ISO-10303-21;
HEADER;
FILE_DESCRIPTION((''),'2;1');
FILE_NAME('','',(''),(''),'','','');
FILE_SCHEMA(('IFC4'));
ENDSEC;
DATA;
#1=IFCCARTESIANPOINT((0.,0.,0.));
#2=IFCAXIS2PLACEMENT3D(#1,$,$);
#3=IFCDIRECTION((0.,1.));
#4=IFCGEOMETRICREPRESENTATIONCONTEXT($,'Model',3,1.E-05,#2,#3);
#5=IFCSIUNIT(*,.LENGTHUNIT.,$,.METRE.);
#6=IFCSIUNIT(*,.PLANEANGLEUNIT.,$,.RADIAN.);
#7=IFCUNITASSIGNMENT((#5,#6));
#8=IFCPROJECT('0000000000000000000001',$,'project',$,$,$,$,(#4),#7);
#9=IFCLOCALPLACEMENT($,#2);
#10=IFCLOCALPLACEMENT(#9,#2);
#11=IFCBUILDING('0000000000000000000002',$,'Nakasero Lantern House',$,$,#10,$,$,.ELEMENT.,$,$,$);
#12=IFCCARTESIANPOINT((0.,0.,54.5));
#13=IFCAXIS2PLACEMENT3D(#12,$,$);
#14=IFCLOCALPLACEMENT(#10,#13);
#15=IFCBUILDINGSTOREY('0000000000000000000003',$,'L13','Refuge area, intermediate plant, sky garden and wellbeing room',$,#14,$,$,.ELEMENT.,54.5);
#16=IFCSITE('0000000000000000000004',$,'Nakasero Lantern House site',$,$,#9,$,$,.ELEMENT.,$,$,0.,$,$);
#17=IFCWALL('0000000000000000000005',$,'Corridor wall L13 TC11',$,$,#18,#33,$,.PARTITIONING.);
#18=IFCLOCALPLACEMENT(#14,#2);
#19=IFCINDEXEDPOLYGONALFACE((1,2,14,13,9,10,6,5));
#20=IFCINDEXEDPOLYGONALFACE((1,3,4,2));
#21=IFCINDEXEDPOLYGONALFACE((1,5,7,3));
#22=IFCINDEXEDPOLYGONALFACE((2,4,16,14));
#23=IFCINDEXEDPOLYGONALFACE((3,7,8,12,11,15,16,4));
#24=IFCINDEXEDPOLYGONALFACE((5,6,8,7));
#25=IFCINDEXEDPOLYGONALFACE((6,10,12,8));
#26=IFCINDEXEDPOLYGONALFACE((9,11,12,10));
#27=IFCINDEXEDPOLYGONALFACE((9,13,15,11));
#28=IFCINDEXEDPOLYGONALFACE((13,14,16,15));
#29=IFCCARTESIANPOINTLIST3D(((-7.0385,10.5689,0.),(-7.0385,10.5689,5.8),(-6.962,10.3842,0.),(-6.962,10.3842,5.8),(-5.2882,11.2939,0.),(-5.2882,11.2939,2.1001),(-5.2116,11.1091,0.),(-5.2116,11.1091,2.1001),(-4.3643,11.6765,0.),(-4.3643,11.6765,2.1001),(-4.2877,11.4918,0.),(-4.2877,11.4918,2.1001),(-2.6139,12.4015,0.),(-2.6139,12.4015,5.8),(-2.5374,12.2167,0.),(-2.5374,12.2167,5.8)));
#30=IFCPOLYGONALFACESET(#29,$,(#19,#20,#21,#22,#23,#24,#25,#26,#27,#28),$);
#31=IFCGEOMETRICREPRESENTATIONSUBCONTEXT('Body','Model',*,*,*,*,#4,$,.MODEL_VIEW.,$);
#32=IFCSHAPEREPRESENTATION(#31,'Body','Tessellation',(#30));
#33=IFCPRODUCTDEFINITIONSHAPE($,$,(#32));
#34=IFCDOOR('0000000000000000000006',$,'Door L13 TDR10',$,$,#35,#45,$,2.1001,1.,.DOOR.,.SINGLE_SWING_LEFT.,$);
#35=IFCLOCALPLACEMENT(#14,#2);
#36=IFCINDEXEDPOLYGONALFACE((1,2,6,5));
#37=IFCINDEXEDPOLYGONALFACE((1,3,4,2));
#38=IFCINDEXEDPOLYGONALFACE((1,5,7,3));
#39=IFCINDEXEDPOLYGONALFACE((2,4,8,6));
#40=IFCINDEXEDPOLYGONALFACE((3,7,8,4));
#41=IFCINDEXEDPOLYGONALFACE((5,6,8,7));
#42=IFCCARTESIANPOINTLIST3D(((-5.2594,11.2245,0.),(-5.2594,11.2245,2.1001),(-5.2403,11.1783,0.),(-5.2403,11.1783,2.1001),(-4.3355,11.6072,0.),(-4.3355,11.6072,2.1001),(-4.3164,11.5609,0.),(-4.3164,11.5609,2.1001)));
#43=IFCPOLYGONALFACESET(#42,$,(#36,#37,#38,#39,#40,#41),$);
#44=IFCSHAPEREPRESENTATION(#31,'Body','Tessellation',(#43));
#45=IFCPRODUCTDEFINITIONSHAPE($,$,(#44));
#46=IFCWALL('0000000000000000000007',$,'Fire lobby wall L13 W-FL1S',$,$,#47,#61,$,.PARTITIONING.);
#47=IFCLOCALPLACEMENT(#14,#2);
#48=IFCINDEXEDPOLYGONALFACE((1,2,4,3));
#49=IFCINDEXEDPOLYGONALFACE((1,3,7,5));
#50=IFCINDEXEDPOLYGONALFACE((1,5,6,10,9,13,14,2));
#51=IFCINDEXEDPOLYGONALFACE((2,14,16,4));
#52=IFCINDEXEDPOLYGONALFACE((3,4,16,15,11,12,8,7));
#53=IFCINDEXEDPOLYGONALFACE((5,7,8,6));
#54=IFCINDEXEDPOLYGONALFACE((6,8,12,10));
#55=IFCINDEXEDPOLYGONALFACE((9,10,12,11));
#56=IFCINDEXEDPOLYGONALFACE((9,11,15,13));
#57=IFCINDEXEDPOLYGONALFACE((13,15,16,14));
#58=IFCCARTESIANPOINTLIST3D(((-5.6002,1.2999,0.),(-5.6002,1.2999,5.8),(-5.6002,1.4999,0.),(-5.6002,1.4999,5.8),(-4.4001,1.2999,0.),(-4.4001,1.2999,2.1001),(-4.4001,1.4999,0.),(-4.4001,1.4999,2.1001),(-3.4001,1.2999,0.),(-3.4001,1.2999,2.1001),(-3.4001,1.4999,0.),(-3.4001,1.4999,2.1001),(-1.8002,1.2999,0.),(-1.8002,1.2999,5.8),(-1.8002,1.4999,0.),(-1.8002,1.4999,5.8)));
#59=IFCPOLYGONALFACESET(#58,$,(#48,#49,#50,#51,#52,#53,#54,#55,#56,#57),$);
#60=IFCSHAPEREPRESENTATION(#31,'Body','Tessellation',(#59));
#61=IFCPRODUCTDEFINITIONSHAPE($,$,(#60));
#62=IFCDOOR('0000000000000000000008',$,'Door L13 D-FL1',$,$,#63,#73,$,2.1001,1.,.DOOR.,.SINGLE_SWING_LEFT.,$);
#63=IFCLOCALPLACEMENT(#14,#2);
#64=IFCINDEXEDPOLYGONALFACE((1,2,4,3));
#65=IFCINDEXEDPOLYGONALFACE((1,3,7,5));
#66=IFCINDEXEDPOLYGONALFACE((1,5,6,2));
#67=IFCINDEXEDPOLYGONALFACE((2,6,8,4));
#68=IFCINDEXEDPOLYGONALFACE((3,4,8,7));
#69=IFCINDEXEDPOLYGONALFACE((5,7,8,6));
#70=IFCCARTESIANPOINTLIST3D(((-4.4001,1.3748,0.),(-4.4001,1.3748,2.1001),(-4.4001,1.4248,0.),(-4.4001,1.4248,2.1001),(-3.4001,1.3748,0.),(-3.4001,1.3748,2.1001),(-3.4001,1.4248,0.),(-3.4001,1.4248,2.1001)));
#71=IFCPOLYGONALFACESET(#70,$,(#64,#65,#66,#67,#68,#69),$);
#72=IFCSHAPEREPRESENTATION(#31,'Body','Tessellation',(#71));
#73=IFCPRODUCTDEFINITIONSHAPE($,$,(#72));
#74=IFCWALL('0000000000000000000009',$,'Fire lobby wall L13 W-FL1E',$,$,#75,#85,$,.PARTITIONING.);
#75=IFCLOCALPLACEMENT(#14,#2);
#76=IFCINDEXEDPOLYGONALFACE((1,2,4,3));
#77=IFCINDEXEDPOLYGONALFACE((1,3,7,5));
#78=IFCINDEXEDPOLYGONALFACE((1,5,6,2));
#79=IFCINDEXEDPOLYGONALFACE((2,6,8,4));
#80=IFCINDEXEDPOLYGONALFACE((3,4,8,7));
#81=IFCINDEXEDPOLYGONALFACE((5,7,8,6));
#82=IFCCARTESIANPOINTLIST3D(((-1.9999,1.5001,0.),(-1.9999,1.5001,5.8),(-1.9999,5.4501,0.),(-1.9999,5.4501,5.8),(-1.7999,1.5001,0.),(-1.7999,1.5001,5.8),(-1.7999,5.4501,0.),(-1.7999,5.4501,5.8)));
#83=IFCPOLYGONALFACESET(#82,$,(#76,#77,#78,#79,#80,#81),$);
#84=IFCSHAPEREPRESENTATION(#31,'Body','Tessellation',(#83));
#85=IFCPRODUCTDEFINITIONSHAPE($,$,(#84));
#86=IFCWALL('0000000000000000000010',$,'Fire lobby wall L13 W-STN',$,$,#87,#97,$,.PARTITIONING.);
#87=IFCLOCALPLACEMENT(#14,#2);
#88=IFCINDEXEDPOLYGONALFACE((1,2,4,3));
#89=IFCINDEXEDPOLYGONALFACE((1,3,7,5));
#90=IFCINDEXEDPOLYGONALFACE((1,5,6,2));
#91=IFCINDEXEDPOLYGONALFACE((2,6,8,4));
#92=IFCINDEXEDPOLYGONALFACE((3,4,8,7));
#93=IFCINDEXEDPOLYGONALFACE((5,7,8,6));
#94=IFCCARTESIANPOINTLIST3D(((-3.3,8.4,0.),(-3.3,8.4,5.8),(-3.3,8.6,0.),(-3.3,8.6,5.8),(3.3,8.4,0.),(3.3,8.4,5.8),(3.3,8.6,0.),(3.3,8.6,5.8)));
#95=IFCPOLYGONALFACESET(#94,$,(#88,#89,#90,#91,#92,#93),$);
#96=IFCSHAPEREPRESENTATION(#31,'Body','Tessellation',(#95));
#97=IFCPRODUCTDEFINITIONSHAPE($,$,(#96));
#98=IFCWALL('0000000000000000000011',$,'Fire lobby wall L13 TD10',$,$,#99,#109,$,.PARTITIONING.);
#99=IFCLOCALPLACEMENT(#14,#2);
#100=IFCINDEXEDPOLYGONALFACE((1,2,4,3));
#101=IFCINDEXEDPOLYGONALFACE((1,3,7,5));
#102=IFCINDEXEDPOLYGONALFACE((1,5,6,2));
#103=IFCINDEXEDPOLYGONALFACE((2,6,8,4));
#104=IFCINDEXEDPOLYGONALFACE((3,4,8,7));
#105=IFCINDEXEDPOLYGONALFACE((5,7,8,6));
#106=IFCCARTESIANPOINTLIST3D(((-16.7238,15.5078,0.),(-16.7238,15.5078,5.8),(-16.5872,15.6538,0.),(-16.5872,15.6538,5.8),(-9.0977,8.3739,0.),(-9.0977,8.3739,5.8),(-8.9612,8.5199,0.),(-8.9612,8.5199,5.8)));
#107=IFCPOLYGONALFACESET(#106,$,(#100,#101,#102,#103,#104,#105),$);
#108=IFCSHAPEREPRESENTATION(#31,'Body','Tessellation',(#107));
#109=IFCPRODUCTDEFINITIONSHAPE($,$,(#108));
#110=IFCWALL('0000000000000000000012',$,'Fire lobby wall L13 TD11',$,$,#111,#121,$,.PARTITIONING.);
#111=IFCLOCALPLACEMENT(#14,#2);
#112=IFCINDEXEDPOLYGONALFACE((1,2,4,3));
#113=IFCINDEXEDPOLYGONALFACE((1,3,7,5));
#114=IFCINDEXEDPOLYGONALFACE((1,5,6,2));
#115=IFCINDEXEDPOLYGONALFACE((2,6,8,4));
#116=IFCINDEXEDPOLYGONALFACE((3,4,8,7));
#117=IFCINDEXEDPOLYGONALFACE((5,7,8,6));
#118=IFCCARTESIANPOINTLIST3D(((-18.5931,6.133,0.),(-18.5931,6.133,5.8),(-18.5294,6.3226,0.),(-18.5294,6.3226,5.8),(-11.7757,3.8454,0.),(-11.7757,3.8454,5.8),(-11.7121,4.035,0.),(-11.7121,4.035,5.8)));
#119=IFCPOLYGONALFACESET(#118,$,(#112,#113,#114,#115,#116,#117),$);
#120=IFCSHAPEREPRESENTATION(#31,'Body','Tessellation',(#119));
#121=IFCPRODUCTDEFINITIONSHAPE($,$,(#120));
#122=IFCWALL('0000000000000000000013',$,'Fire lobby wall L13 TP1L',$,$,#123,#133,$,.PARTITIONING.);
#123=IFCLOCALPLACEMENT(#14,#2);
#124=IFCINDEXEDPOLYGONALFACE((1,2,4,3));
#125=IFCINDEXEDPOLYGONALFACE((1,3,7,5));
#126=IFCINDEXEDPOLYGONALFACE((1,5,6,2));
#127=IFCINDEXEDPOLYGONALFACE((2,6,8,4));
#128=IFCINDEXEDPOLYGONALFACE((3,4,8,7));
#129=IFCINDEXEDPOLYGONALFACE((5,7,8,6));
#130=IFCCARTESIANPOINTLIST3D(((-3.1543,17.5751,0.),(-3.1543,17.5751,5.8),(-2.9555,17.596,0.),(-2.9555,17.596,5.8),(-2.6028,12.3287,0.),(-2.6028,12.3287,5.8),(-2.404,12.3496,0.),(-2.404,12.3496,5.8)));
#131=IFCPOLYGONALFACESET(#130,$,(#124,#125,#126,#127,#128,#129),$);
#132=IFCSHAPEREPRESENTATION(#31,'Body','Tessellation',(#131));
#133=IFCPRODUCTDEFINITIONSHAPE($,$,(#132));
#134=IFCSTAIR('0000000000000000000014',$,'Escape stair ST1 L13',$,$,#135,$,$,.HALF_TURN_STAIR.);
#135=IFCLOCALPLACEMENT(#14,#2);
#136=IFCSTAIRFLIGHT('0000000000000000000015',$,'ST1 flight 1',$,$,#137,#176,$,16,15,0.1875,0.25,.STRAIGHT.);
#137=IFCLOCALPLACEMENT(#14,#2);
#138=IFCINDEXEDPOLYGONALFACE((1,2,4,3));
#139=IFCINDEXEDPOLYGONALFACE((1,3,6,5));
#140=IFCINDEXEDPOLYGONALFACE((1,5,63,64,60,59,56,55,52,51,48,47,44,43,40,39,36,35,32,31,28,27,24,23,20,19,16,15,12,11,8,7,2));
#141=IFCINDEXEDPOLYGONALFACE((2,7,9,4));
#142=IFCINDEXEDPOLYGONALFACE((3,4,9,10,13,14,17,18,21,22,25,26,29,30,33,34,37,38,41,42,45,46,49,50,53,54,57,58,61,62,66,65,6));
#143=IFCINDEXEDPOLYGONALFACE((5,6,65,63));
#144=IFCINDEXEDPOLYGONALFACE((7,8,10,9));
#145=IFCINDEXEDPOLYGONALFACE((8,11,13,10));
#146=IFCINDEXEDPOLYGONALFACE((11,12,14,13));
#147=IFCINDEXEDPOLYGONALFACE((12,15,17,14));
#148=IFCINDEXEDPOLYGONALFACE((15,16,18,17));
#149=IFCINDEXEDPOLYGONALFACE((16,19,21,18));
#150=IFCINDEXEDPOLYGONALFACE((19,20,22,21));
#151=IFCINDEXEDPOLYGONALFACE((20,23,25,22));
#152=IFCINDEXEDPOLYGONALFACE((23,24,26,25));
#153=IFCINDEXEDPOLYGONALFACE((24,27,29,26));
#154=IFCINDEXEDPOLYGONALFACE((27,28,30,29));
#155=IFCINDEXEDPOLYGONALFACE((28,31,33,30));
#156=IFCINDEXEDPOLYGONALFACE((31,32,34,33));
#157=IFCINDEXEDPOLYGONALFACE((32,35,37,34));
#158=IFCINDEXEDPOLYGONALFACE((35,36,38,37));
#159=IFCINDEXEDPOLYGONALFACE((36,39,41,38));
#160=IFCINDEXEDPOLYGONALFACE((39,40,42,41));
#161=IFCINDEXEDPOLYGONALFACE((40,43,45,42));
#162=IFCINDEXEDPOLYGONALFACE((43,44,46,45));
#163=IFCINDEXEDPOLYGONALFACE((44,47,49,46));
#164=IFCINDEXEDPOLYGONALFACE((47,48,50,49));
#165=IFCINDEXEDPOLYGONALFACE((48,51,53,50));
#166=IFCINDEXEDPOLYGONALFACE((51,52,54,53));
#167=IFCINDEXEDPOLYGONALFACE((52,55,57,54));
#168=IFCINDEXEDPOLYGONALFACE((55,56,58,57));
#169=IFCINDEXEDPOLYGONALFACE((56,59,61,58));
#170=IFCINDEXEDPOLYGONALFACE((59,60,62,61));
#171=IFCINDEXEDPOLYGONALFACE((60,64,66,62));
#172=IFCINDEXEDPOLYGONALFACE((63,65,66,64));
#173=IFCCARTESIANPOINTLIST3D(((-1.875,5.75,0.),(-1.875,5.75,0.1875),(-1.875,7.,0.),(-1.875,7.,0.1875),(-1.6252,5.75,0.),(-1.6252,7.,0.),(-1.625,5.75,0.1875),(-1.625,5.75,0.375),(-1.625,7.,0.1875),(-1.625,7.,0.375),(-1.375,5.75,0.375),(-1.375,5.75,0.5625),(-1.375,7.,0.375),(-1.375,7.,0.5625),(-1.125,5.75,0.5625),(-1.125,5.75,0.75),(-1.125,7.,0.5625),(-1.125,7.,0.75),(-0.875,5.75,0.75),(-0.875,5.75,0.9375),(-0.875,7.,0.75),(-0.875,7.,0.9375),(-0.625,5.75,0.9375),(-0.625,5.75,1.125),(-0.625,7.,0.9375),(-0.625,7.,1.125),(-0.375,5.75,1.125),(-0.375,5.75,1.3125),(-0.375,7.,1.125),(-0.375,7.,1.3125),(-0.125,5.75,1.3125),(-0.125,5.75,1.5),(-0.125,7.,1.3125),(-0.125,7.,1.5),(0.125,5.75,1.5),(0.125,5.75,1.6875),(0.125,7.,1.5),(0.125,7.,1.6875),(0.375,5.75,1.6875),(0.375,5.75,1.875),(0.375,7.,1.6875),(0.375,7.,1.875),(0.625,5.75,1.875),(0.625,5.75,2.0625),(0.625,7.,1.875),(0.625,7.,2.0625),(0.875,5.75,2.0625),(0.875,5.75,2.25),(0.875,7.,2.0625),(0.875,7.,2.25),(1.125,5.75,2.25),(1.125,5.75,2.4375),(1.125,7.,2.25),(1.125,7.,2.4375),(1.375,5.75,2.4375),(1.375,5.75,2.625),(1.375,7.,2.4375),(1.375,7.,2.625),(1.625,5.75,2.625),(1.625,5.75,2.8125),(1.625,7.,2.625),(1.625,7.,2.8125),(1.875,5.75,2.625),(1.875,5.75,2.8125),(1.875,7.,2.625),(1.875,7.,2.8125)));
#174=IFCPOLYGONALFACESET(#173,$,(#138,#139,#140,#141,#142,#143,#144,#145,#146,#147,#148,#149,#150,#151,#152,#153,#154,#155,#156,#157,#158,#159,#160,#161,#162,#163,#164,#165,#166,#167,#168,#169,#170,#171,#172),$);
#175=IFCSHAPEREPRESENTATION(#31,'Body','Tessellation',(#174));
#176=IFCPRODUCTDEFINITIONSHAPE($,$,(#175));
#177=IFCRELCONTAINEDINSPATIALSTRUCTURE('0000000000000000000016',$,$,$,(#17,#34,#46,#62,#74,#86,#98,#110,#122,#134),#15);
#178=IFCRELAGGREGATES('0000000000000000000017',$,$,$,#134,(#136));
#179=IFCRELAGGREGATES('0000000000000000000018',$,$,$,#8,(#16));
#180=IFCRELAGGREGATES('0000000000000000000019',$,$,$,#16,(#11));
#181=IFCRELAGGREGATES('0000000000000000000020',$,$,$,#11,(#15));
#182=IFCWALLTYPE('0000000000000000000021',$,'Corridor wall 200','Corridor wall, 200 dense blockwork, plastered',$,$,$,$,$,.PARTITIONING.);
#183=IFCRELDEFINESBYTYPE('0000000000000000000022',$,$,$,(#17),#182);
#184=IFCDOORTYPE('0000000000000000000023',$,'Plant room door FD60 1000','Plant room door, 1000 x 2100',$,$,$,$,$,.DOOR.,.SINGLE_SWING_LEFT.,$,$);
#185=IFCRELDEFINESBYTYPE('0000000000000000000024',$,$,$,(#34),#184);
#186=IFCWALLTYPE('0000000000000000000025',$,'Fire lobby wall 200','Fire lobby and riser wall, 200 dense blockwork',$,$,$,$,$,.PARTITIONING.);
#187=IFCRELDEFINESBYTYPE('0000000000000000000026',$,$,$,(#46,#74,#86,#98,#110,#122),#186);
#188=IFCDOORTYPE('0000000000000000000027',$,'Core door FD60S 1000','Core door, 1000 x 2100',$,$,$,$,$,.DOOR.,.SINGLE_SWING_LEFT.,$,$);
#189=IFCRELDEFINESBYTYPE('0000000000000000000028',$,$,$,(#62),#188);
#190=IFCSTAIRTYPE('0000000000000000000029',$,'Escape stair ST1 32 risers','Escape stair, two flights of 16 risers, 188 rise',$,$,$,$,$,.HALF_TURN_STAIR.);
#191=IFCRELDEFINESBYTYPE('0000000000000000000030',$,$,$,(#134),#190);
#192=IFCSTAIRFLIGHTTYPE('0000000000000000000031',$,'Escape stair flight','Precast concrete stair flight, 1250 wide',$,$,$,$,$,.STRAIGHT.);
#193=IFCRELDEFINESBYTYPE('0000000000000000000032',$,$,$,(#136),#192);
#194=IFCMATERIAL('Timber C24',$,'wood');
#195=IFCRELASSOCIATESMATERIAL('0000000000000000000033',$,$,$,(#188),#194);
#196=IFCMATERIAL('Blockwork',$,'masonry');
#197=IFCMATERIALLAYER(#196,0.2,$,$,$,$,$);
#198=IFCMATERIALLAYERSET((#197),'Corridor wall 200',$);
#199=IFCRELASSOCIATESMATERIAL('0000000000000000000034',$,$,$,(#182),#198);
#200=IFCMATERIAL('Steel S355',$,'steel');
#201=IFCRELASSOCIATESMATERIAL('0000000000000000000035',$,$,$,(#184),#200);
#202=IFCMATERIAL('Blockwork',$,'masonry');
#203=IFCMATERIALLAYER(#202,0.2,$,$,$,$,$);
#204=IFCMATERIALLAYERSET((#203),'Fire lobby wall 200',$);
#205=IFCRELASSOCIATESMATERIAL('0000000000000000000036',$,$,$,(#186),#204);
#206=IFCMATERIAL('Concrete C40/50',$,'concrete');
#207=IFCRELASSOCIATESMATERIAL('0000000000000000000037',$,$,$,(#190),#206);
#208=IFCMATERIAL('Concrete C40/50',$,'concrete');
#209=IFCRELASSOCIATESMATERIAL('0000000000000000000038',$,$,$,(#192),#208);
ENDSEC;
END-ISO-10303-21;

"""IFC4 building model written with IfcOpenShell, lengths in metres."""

from ifc_helpers import new_model, si_unit, direction, frame, frame_2d, origin, place, context, subcontext, project, spatial, polyline, rectangle, outline, extrude, material, layer, layer_set, type_object, element, fill, aggregate, save


model = new_model("IFC4")

# Units and contexts
model_context = context("Model", 3, precision=1e-05, world=origin(), true_north=direction((0.0, 1.0)))
body_context = subcontext(model_context, "Body", "Model", "MODEL_VIEW")
ifc_project = project(units=[si_unit("LENGTHUNIT", "METRE"), si_unit("PLANEANGLEUNIT", "RADIAN")], contexts=[model_context])

# Site, building, storey
site_placement = place(None, origin())
site = spatial("IfcSite", under=ifc_project, at=site_placement, Name="Nakasero Lantern House site", CompositionType="ELEMENT", RefElevation=0.0)
building_placement = place(site_placement, origin())
building = spatial("IfcBuilding", under=site, at=building_placement, Name="Nakasero Lantern House", CompositionType="ELEMENT")
storey_placement = place(building_placement, frame((0.0, 0.0, 54.5)))
storey = spatial("IfcBuildingStorey", under=building, at=storey_placement, Name="L13", Description="Refuge area, intermediate plant, sky garden and wellbeing room", CompositionType="ELEMENT", Elevation=54.5)

# Shared definitions
ifc_material_1 = material(Name="Timber C24", Category="wood")
door_type_1 = type_object("IfcDoorType", Name="Core door FD60S 1000", Description="Core door, 1000 x 2100", OperationType="SINGLE_SWING_LEFT", PredefinedType="DOOR", material=ifc_material_1)

# Shared definitions
ifc_material_2 = material(Name="Blockwork", Category="masonry")
ifc_layer_1 = layer(ifc_material_2, 0.2)
ifc_layer_set_1 = layer_set([ifc_layer_1], Name="Corridor wall 200")
wall_type_1 = type_object("IfcWallType", Name="Corridor wall 200", Description="Corridor wall, 200 dense blockwork, plastered", PredefinedType="PARTITIONING", material=ifc_layer_set_1)
ifc_material_3 = material(Name="Steel S355", Category="steel")
door_type_2 = type_object("IfcDoorType", Name="Plant room door FD60 1000", Description="Plant room door, 1000 x 2100", OperationType="SINGLE_SWING_LEFT", PredefinedType="DOOR", material=ifc_material_3)

# Walls, openings, doors
wall_1_placement = place(storey_placement, frame((-7.0002, 10.4766, 0.0), z_axis=(0.0, 0.0, 1.0), x_axis=(0.923894, 0.382649, 0.0)))
wall_1 = element("IfcWall", 1, at=wall_1_placement, inside=storey, type_object=wall_type_1, Name="Corridor wall L13 TC11", PredefinedType="PARTITIONING", context=body_context, shape_type="SweptSolid", body=[
    extrude(rectangle(XDim=4.7891, YDim=0.2, at=frame_2d((2.3945, 0.0))), origin(), (0.0, 0.0, 1.0), 5.8),
])
opening_1_placement = place(wall_1_placement, frame((1.8945, 0.0, 0.0)))
opening_1 = element("IfcOpeningElement", 2, at=opening_1_placement, cuts=wall_1, PredefinedType="OPENING", context=body_context, shape_type="SweptSolid", body=[
    extrude(rectangle(XDim=1.0, YDim=2.1001, at=frame_2d((0.5, 1.05))), frame((0.0, 0.1199, 0.0), z_axis=(0.0, -1.0, 0.0), x_axis=(1.0, 0.0, 0.0)), (0.0, 0.0, 1.0), 0.24),
])
door_1_placement = place(opening_1_placement, origin())
door_1 = element("IfcDoor", 3, at=door_1_placement, inside=storey, type_object=door_type_2, Name="Door L13 TDR10", OperationType="SINGLE_SWING_LEFT", OverallHeight=2.1001, OverallWidth=1.0, PredefinedType="DOOR", context=body_context, shape_type="SweptSolid", body=[
    extrude(rectangle(XDim=1.0, YDim=2.1001, at=frame_2d((0.5, 1.05))), frame((0.0, 0.0249, 0.0), z_axis=(0.0, -1.0, 0.0), x_axis=(1.0, 0.0, 0.0)), (0.0, 0.0, 1.0), 0.05),
])
fill(opening_1, door_1)
ifc_material_4 = material(Name="Blockwork", Category="masonry")
ifc_layer_2 = layer(ifc_material_4, 0.2)
ifc_layer_set_2 = layer_set([ifc_layer_2], Name="Fire lobby wall 200")
wall_type_2 = type_object("IfcWallType", Name="Fire lobby wall 200", Description="Fire lobby and riser wall, 200 dense blockwork", PredefinedType="PARTITIONING", material=ifc_layer_set_2)
wall_2_placement = place(storey_placement, frame((-5.6001, 1.3999, 0.0), z_axis=(0.0, 0.0, 1.0), x_axis=(1.0, 0.0, 0.0)))
wall_2 = element("IfcWall", 4, at=wall_2_placement, inside=storey, type_object=wall_type_2, Name="Fire lobby wall L13 W-FL1S", PredefinedType="PARTITIONING", context=body_context, shape_type="SweptSolid", body=[
    extrude(rectangle(XDim=3.8, YDim=0.2, at=frame_2d((1.8999, 0.0))), origin(), (0.0, 0.0, 1.0), 5.8),
])
opening_2_placement = place(wall_2_placement, frame((1.2, 0.0, 0.0)))
opening_2 = element("IfcOpeningElement", 5, at=opening_2_placement, cuts=wall_2, PredefinedType="OPENING", context=body_context, shape_type="SweptSolid", body=[
    extrude(rectangle(XDim=1.0, YDim=2.1001, at=frame_2d((0.5, 1.05))), frame((0.0, 0.1199, 0.0), z_axis=(0.0, -1.0, 0.0), x_axis=(1.0, 0.0, 0.0)), (0.0, 0.0, 1.0), 0.24),
])
door_2_placement = place(opening_2_placement, origin())
door_2 = element("IfcDoor", 6, at=door_2_placement, inside=storey, type_object=door_type_1, Name="Door L13 D-FL1", OperationType="SINGLE_SWING_LEFT", OverallHeight=2.1001, OverallWidth=1.0, PredefinedType="DOOR", context=body_context, shape_type="SweptSolid", body=[
    extrude(rectangle(XDim=1.0, YDim=2.1001, at=frame_2d((0.5, 1.05))), frame((0.0, 0.0249, 0.0), z_axis=(0.0, -1.0, 0.0), x_axis=(1.0, 0.0, 0.0)), (0.0, 0.0, 1.0), 0.05),
])
fill(opening_2, door_2)

# Walls
wall_3_placement = place(storey_placement, frame((-1.8999, 1.5, 0.0), z_axis=(0.0, 0.0, 1.0), x_axis=(0.0, 1.0, 0.0)))
element("IfcWall", 7, at=wall_3_placement, inside=storey, type_object=wall_type_2, Name="Fire lobby wall L13 W-FL1E", PredefinedType="PARTITIONING", context=body_context, shape_type="SweptSolid", body=[
    extrude(rectangle(XDim=3.95, YDim=0.2, at=frame_2d((1.9751, 0.0))), origin(), (0.0, 0.0, 1.0), 5.8),
])
wall_4_placement = place(storey_placement, frame((-3.3, 8.5, 0.0), z_axis=(0.0, 0.0, 1.0), x_axis=(1.0, 0.0, 0.0)))
element("IfcWall", 8, at=wall_4_placement, inside=storey, type_object=wall_type_2, Name="Fire lobby wall L13 W-STN", PredefinedType="PARTITIONING", context=body_context, shape_type="SweptSolid", body=[
    extrude(rectangle(XDim=6.6001, YDim=0.2, at=frame_2d((3.3, 0.0))), origin(), (0.0, 0.0, 1.0), 5.8),
])
wall_5_placement = place(storey_placement, frame((-9.0295, 8.447, 0.0), z_axis=(0.0, 0.0, 1.0), x_axis=(-0.73028, 0.683147, 0.0)))
element("IfcWall", 9, at=wall_5_placement, inside=storey, type_object=wall_type_2, Name="Fire lobby wall L13 TD10", PredefinedType="PARTITIONING", context=body_context, shape_type="SweptSolid", body=[
    extrude(rectangle(XDim=10.4426, YDim=0.2, at=frame_2d((5.2212, 0.0))), origin(), (0.0, 0.0, 1.0), 5.8),
])
wall_6_placement = place(storey_placement, frame((-11.7439, 3.9402, 0.0), z_axis=(0.0, 0.0, 1.0), x_axis=(-0.94805, 0.318122, 0.0)))
element("IfcWall", 10, at=wall_6_placement, inside=storey, type_object=wall_type_2, Name="Fire lobby wall L13 TD11", PredefinedType="PARTITIONING", context=body_context, shape_type="SweptSolid", body=[
    extrude(rectangle(XDim=7.1909, YDim=0.2, at=frame_2d((3.5955, 0.0))), origin(), (0.0, 0.0, 1.0), 5.8),
])
wall_7_placement = place(storey_placement, frame((-2.5034, 12.3391, 0.0), z_axis=(0.0, 0.0, 1.0), x_axis=(-0.104543, 0.99452, 0.0)))
element("IfcWall", 11, at=wall_7_placement, inside=storey, type_object=wall_type_2, Name="Fire lobby wall L13 TP1L", PredefinedType="PARTITIONING", context=body_context, shape_type="SweptSolid", body=[
    extrude(rectangle(XDim=5.2754, YDim=0.2, at=frame_2d((2.6377, 0.0))), origin(), (0.0, 0.0, 1.0), 5.8),
])

# Stair, stair flight
ifc_material_5 = material(Name="Concrete C40/50", Category="concrete")
stair_type = type_object("IfcStairType", Name="Escape stair ST1 32 risers", Description="Escape stair, two flights of 16 risers, 188 rise", PredefinedType="HALF_TURN_STAIR", material=ifc_material_5)
stair_placement = place(storey_placement, origin())
stair = element("IfcStair", 12, at=stair_placement, inside=storey, type_object=stair_type, Name="Escape stair ST1 L13", PredefinedType="HALF_TURN_STAIR")
ifc_material_6 = material(Name="Concrete C40/50", Category="concrete")
stair_flight_type = type_object("IfcStairFlightType", Name="Escape stair flight", Description="Precast concrete stair flight, 1250 wide", PredefinedType="STRAIGHT", material=ifc_material_6)
stair_flight_placement = place(storey_placement, frame((-1.875, 6.375, 0.0), z_axis=(0.0, 0.0, 1.0), x_axis=(1.0, 0.0, 0.0)))
stair_flight = element("IfcStairFlight", 13, at=stair_flight_placement, type_object=stair_flight_type, Name="ST1 flight 1", NumberOfRisers=16, NumberOfTreads=15, PredefinedType="STRAIGHT", RiserHeight=0.1875, TreadLength=0.25, context=body_context, shape_type="SweptSolid", body=[
    extrude(outline(polyline([(0.0, 0.0), (0.0, 0.1875), (0.25, 0.1875), (0.25, 0.375), (0.5, 0.375), (0.5, 0.5625), (0.75, 0.5625), (0.75, 0.75), (1.0, 0.75), (1.0, 0.9375), (1.25, 0.9375), (1.25, 1.125), (1.5, 1.125), (1.5, 1.3125), (1.75, 1.3125), (1.75, 1.5), (2.0, 1.5), (2.0, 1.6875), (2.25, 1.6875), (2.25, 1.875), (2.5, 1.875), (2.5, 2.0625), (2.75, 2.0625), (2.75, 2.25), (3.0, 2.25), (3.0, 2.4375), (3.25, 2.4375), (3.25, 2.625), (3.5, 2.625), (3.5, 2.8125), (3.75, 2.8125), (3.75, 3.0), (3.75, 2.625), (0.2498, 0.0), (0.0, 0.0)])), frame((0.0, 0.625, 0.0), z_axis=(0.0, -1.0, 0.0), x_axis=(1.0, 0.0, 0.0)), (0.0, 0.0, 1.0), 1.25),
])
aggregate(stair, [stair_flight])

save(model, "model.ifc")
